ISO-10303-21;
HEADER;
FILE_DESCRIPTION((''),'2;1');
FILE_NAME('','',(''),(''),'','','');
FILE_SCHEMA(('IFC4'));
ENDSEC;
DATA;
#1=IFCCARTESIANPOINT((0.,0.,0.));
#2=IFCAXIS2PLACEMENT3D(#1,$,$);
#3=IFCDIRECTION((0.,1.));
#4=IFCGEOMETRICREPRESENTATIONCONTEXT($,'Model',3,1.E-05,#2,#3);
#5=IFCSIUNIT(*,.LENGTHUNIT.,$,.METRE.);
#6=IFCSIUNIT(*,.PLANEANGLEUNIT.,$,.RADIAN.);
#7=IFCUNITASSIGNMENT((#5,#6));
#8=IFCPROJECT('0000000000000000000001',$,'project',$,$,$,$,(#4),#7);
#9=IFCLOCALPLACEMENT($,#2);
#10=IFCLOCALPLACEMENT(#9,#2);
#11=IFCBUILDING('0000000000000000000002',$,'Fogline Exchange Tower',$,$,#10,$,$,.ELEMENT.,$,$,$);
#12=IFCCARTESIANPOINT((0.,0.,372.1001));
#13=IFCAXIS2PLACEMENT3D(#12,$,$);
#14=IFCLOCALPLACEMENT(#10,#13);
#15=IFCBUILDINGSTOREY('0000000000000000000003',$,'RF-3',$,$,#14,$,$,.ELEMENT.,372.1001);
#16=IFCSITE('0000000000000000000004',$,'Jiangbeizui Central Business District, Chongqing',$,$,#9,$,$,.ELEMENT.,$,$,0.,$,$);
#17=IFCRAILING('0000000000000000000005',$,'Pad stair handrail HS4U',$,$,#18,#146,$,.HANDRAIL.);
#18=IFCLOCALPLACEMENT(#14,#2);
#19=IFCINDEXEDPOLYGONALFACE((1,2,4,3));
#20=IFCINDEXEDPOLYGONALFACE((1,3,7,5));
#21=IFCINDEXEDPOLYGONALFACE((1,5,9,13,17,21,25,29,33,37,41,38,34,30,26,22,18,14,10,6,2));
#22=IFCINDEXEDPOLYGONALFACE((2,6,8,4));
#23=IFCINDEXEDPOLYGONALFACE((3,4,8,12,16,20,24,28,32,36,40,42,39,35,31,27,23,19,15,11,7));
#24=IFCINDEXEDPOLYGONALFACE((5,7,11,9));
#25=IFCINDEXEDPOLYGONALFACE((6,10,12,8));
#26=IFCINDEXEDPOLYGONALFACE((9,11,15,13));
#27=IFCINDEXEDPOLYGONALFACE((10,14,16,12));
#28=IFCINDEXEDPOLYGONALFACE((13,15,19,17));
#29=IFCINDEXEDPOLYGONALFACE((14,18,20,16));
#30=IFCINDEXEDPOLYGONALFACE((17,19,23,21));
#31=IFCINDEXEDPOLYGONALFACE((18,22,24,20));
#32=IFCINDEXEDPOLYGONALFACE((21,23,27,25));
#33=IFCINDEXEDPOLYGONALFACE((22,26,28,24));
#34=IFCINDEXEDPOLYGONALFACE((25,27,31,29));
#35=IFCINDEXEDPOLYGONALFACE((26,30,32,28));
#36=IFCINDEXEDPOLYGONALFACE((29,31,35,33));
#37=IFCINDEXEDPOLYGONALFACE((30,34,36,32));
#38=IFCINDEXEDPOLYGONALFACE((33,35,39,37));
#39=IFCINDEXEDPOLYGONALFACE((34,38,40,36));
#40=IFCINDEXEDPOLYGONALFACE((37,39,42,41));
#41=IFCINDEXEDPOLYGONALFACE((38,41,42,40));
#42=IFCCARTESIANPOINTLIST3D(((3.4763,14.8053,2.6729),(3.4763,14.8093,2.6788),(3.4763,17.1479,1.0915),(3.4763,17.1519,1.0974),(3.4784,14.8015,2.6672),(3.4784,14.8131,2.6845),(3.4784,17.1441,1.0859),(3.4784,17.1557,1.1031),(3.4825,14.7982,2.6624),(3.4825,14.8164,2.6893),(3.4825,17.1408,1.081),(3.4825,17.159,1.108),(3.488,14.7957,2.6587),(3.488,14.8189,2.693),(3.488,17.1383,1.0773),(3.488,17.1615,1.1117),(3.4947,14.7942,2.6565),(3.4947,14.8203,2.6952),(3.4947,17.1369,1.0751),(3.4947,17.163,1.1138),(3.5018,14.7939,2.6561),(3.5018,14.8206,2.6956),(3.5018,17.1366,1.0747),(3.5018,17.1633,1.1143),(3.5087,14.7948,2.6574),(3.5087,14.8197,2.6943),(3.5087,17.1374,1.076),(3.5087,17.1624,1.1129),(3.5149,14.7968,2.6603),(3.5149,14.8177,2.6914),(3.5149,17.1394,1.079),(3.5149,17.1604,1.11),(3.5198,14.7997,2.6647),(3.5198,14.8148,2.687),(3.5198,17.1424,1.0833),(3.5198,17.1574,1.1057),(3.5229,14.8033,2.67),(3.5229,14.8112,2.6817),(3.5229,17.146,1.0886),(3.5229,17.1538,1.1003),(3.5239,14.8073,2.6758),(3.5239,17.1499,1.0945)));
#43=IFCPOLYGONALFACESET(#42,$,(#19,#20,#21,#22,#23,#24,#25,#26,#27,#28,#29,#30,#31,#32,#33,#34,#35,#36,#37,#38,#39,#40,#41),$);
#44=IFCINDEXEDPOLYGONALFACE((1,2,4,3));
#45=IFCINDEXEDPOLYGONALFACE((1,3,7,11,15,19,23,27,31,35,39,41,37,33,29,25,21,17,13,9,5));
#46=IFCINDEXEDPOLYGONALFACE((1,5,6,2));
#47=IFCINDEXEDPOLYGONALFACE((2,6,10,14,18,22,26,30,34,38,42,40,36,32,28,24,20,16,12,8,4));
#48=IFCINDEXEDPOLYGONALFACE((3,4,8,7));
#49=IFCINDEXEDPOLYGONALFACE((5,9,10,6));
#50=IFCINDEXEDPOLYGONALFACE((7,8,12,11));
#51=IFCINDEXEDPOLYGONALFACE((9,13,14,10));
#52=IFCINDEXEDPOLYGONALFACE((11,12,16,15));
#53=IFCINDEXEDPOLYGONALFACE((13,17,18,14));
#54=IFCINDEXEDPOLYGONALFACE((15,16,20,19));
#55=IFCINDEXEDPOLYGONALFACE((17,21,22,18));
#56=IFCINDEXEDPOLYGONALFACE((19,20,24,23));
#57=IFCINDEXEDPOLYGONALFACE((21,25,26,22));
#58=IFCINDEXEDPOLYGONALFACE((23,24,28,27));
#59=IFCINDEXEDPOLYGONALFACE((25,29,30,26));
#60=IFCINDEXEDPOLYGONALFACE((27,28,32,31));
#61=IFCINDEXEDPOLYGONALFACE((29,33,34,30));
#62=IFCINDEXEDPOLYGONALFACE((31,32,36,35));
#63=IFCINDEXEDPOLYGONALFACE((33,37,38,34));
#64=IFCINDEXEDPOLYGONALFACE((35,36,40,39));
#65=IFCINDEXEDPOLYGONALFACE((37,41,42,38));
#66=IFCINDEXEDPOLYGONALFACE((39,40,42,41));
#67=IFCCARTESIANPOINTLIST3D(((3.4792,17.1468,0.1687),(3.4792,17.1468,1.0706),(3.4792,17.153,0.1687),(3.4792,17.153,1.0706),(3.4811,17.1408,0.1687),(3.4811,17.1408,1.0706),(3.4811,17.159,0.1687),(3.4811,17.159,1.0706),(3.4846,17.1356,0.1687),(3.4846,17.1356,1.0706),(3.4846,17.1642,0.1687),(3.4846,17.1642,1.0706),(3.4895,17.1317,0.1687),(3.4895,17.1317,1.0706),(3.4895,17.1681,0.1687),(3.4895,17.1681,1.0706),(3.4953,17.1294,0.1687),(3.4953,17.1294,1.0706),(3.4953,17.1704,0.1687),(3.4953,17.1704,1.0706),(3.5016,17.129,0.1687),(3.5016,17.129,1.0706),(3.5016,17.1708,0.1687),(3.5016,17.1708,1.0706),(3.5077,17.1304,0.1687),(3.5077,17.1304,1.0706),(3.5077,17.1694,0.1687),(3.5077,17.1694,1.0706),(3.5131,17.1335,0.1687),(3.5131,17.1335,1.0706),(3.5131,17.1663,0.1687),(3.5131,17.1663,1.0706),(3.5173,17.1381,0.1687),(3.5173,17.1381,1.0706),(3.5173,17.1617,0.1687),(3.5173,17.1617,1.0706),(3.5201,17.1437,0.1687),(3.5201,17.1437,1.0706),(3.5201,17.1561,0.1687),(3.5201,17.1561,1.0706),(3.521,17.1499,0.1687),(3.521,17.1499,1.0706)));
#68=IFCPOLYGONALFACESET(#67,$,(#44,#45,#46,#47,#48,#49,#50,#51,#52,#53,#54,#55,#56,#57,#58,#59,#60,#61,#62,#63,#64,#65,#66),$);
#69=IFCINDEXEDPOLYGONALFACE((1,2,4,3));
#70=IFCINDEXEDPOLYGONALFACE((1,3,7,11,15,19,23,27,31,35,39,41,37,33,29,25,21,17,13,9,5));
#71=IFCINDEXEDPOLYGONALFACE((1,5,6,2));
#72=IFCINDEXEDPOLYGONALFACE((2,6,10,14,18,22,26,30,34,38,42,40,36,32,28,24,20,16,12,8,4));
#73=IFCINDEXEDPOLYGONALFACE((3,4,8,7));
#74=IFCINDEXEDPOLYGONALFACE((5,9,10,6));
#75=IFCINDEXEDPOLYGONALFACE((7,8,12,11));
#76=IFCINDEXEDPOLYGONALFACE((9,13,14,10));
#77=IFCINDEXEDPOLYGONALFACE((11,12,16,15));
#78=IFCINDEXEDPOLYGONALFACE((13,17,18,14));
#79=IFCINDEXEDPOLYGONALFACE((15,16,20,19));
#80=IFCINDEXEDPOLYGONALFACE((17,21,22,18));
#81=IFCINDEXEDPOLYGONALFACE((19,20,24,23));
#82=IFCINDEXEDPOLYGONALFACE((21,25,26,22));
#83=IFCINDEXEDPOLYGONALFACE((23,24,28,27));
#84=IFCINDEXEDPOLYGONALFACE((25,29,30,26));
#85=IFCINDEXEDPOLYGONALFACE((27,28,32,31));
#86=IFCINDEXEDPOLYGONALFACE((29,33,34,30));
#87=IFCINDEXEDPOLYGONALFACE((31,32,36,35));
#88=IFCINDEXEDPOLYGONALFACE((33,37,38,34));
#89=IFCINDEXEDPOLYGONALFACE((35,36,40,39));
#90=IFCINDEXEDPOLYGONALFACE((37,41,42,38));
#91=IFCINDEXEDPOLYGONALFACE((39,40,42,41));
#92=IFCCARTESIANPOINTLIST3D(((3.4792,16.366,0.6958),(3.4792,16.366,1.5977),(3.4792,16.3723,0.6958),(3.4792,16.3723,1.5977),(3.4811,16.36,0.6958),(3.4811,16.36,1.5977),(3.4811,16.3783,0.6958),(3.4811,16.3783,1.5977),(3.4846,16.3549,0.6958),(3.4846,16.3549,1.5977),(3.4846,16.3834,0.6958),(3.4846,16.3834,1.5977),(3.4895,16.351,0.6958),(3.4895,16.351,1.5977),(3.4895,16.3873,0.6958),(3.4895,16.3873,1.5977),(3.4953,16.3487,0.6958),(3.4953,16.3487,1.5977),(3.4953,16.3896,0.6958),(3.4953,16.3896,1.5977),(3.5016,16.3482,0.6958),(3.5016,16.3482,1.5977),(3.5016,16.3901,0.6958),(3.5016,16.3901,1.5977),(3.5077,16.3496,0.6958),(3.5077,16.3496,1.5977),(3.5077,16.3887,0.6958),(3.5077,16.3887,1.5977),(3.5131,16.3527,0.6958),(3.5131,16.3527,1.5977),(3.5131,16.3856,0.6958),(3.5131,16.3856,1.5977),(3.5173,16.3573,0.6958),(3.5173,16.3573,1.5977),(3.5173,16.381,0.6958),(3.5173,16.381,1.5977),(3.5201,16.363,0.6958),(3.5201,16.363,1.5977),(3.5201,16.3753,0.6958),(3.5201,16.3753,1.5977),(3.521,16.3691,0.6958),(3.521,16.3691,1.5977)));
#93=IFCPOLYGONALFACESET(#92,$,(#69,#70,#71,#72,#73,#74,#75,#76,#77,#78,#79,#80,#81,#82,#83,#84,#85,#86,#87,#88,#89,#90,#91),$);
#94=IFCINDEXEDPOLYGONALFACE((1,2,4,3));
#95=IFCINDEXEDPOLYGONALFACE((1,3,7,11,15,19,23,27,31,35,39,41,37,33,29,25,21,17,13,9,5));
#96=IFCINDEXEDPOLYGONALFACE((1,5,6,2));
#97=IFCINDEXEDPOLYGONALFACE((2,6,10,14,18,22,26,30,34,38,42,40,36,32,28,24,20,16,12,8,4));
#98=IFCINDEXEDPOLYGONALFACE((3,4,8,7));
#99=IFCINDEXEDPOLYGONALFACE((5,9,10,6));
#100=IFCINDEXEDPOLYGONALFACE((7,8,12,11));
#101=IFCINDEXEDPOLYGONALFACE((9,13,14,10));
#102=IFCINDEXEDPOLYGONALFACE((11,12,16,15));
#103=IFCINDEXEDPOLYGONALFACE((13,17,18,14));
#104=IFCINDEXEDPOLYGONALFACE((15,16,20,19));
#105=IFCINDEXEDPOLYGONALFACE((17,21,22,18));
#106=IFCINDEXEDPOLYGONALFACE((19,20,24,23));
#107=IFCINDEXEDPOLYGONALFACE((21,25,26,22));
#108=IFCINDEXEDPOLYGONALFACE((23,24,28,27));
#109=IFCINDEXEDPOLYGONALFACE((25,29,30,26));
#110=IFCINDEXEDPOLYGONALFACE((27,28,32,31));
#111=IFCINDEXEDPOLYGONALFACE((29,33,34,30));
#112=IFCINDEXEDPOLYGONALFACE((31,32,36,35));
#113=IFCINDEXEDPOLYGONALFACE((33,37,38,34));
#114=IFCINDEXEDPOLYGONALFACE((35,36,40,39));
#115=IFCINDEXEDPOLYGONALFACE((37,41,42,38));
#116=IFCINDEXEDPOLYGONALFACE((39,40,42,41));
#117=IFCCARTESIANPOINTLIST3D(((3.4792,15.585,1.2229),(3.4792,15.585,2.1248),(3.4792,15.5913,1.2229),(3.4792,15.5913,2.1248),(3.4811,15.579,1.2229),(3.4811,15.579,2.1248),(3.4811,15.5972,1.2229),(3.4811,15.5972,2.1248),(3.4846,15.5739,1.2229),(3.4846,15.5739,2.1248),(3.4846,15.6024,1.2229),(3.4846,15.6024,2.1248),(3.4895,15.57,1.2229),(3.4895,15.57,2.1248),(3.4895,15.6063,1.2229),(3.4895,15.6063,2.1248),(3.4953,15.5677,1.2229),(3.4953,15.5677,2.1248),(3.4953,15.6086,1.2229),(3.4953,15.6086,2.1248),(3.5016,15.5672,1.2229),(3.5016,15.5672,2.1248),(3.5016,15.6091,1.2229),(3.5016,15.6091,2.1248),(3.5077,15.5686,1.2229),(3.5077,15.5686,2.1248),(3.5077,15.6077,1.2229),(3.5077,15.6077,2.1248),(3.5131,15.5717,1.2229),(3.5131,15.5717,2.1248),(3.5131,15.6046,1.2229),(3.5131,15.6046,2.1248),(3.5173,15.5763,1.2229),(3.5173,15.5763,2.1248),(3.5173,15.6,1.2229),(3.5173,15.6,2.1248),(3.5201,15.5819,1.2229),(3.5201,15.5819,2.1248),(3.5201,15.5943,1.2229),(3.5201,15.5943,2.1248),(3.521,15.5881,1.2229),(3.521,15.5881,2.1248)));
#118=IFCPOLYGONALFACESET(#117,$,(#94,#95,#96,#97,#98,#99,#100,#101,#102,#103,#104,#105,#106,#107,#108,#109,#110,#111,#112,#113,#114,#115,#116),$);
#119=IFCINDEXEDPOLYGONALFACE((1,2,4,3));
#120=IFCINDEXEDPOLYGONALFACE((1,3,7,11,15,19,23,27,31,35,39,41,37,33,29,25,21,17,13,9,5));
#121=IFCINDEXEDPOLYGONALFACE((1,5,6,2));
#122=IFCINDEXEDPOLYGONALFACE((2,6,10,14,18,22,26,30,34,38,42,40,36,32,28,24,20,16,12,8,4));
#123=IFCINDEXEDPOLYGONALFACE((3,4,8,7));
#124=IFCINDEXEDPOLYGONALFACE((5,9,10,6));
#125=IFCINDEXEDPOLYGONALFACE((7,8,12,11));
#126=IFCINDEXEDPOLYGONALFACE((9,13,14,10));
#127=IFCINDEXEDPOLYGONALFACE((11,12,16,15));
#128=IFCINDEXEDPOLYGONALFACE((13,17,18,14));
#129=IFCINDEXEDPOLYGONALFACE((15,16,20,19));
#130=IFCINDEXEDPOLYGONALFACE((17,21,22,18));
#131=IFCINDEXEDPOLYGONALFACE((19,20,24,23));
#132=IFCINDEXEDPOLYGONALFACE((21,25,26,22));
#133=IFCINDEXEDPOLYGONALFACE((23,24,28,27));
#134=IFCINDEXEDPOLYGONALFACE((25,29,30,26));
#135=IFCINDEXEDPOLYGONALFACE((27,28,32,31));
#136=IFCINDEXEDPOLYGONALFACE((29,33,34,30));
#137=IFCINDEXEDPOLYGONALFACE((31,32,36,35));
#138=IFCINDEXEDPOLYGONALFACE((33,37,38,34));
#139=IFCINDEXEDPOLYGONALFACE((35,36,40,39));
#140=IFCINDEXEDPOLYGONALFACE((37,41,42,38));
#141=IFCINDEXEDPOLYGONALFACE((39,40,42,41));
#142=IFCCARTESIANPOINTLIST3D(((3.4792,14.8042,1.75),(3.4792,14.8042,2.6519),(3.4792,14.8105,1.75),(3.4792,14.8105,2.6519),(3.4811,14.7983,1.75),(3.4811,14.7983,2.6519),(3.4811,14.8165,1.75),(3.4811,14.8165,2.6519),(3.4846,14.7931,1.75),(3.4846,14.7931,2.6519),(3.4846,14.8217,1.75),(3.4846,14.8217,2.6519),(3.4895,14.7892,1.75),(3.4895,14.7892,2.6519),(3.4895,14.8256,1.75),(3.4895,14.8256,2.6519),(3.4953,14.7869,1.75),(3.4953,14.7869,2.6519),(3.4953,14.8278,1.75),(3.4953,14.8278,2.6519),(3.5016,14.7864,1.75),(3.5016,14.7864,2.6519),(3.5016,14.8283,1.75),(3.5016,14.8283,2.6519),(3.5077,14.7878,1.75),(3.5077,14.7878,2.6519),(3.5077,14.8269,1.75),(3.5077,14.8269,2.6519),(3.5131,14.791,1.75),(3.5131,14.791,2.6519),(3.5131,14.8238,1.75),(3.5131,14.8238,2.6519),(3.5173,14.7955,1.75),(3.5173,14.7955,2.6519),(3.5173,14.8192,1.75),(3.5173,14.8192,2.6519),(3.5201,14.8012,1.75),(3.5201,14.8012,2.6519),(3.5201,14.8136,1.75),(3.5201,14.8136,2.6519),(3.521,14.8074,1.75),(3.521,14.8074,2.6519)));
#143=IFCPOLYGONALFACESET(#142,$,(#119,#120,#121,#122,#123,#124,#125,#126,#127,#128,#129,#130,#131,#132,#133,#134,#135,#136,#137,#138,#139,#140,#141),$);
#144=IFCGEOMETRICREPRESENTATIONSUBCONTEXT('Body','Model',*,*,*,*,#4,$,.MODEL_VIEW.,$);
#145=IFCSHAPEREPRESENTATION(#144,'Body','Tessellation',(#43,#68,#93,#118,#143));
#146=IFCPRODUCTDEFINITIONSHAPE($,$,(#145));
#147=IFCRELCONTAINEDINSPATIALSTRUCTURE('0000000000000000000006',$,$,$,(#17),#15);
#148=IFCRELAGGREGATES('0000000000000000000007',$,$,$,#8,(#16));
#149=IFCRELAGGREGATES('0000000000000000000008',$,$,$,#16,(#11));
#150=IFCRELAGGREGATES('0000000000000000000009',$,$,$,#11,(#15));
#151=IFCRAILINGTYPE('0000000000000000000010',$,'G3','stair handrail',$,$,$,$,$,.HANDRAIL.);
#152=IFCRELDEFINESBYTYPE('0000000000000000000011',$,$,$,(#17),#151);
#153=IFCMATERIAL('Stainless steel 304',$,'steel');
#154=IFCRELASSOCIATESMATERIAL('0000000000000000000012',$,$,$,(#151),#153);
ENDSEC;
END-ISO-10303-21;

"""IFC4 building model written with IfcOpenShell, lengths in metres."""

from ifc_helpers import new_model, si_unit, direction, frame, origin, origin_2d, place, context, subcontext, project, spatial, circle, extrude, material, type_object, element, save


model = new_model("IFC4")

# Units and contexts
model_context = context("Model", 3, precision=1e-05, world=origin(), true_north=direction((0.0, 1.0)))
body_context = subcontext(model_context, "Body", "Model", "MODEL_VIEW")
ifc_project = project(units=[si_unit("LENGTHUNIT", "METRE"), si_unit("PLANEANGLEUNIT", "RADIAN")], contexts=[model_context])

# Site, building, storey
site_placement = place(None, origin())
site = spatial("IfcSite", under=ifc_project, at=site_placement, Name="Jiangbeizui Central Business District, Chongqing", CompositionType="ELEMENT", RefElevation=0.0)
building_placement = place(site_placement, origin())
building = spatial("IfcBuilding", under=site, at=building_placement, Name="Fogline Exchange Tower", CompositionType="ELEMENT")
storey_placement = place(building_placement, frame((0.0, 0.0, 372.1001)))
storey = spatial("IfcBuildingStorey", under=building, at=storey_placement, Name="RF-3", CompositionType="ELEMENT", Elevation=372.1001)

# Railing
ifc_material_1 = material(Name="Stainless steel 304", Category="steel")
railing_type_1 = type_object("IfcRailingType", Name="G3", Description="stair handrail", PredefinedType="HANDRAIL", material=ifc_material_1)
for number, where, name in (
    (1, (3.5, 17.1499, 0.1687), "Pad stair handrail HS4U"),
):
    element("IfcRailing", number, at=place(storey_placement, frame(where)), inside=storey, type_object=railing_type_1, Name=name, PredefinedType="HANDRAIL", context=body_context, shape_type="SweptSolid", body=[
        extrude(circle(Radius=0.0239, at=origin_2d()), frame((0.0, 0.0, 0.9258), z_axis=(0.0, -0.828834, 0.559495), x_axis=(1.0, 0.0, 0.0)), (0.0, 0.0, 1.0), 2.8264),
        extrude(circle(Radius=0.021, at=origin_2d()), origin(), (0.0, 0.0, 1.0), 0.9019),
        extrude(circle(Radius=0.021, at=origin_2d()), frame((0.0, -0.7808, 0.5271)), (0.0, 0.0, 1.0), 0.9019),
        extrude(circle(Radius=0.021, at=origin_2d()), frame((0.0, -1.5618, 1.0542)), (0.0, 0.0, 1.0), 0.9019),
        extrude(circle(Radius=0.021, at=origin_2d()), frame((0.0, -2.3425, 1.5813)), (0.0, 0.0, 1.0), 0.9019),
    ])

save(model, "model.ifc")
